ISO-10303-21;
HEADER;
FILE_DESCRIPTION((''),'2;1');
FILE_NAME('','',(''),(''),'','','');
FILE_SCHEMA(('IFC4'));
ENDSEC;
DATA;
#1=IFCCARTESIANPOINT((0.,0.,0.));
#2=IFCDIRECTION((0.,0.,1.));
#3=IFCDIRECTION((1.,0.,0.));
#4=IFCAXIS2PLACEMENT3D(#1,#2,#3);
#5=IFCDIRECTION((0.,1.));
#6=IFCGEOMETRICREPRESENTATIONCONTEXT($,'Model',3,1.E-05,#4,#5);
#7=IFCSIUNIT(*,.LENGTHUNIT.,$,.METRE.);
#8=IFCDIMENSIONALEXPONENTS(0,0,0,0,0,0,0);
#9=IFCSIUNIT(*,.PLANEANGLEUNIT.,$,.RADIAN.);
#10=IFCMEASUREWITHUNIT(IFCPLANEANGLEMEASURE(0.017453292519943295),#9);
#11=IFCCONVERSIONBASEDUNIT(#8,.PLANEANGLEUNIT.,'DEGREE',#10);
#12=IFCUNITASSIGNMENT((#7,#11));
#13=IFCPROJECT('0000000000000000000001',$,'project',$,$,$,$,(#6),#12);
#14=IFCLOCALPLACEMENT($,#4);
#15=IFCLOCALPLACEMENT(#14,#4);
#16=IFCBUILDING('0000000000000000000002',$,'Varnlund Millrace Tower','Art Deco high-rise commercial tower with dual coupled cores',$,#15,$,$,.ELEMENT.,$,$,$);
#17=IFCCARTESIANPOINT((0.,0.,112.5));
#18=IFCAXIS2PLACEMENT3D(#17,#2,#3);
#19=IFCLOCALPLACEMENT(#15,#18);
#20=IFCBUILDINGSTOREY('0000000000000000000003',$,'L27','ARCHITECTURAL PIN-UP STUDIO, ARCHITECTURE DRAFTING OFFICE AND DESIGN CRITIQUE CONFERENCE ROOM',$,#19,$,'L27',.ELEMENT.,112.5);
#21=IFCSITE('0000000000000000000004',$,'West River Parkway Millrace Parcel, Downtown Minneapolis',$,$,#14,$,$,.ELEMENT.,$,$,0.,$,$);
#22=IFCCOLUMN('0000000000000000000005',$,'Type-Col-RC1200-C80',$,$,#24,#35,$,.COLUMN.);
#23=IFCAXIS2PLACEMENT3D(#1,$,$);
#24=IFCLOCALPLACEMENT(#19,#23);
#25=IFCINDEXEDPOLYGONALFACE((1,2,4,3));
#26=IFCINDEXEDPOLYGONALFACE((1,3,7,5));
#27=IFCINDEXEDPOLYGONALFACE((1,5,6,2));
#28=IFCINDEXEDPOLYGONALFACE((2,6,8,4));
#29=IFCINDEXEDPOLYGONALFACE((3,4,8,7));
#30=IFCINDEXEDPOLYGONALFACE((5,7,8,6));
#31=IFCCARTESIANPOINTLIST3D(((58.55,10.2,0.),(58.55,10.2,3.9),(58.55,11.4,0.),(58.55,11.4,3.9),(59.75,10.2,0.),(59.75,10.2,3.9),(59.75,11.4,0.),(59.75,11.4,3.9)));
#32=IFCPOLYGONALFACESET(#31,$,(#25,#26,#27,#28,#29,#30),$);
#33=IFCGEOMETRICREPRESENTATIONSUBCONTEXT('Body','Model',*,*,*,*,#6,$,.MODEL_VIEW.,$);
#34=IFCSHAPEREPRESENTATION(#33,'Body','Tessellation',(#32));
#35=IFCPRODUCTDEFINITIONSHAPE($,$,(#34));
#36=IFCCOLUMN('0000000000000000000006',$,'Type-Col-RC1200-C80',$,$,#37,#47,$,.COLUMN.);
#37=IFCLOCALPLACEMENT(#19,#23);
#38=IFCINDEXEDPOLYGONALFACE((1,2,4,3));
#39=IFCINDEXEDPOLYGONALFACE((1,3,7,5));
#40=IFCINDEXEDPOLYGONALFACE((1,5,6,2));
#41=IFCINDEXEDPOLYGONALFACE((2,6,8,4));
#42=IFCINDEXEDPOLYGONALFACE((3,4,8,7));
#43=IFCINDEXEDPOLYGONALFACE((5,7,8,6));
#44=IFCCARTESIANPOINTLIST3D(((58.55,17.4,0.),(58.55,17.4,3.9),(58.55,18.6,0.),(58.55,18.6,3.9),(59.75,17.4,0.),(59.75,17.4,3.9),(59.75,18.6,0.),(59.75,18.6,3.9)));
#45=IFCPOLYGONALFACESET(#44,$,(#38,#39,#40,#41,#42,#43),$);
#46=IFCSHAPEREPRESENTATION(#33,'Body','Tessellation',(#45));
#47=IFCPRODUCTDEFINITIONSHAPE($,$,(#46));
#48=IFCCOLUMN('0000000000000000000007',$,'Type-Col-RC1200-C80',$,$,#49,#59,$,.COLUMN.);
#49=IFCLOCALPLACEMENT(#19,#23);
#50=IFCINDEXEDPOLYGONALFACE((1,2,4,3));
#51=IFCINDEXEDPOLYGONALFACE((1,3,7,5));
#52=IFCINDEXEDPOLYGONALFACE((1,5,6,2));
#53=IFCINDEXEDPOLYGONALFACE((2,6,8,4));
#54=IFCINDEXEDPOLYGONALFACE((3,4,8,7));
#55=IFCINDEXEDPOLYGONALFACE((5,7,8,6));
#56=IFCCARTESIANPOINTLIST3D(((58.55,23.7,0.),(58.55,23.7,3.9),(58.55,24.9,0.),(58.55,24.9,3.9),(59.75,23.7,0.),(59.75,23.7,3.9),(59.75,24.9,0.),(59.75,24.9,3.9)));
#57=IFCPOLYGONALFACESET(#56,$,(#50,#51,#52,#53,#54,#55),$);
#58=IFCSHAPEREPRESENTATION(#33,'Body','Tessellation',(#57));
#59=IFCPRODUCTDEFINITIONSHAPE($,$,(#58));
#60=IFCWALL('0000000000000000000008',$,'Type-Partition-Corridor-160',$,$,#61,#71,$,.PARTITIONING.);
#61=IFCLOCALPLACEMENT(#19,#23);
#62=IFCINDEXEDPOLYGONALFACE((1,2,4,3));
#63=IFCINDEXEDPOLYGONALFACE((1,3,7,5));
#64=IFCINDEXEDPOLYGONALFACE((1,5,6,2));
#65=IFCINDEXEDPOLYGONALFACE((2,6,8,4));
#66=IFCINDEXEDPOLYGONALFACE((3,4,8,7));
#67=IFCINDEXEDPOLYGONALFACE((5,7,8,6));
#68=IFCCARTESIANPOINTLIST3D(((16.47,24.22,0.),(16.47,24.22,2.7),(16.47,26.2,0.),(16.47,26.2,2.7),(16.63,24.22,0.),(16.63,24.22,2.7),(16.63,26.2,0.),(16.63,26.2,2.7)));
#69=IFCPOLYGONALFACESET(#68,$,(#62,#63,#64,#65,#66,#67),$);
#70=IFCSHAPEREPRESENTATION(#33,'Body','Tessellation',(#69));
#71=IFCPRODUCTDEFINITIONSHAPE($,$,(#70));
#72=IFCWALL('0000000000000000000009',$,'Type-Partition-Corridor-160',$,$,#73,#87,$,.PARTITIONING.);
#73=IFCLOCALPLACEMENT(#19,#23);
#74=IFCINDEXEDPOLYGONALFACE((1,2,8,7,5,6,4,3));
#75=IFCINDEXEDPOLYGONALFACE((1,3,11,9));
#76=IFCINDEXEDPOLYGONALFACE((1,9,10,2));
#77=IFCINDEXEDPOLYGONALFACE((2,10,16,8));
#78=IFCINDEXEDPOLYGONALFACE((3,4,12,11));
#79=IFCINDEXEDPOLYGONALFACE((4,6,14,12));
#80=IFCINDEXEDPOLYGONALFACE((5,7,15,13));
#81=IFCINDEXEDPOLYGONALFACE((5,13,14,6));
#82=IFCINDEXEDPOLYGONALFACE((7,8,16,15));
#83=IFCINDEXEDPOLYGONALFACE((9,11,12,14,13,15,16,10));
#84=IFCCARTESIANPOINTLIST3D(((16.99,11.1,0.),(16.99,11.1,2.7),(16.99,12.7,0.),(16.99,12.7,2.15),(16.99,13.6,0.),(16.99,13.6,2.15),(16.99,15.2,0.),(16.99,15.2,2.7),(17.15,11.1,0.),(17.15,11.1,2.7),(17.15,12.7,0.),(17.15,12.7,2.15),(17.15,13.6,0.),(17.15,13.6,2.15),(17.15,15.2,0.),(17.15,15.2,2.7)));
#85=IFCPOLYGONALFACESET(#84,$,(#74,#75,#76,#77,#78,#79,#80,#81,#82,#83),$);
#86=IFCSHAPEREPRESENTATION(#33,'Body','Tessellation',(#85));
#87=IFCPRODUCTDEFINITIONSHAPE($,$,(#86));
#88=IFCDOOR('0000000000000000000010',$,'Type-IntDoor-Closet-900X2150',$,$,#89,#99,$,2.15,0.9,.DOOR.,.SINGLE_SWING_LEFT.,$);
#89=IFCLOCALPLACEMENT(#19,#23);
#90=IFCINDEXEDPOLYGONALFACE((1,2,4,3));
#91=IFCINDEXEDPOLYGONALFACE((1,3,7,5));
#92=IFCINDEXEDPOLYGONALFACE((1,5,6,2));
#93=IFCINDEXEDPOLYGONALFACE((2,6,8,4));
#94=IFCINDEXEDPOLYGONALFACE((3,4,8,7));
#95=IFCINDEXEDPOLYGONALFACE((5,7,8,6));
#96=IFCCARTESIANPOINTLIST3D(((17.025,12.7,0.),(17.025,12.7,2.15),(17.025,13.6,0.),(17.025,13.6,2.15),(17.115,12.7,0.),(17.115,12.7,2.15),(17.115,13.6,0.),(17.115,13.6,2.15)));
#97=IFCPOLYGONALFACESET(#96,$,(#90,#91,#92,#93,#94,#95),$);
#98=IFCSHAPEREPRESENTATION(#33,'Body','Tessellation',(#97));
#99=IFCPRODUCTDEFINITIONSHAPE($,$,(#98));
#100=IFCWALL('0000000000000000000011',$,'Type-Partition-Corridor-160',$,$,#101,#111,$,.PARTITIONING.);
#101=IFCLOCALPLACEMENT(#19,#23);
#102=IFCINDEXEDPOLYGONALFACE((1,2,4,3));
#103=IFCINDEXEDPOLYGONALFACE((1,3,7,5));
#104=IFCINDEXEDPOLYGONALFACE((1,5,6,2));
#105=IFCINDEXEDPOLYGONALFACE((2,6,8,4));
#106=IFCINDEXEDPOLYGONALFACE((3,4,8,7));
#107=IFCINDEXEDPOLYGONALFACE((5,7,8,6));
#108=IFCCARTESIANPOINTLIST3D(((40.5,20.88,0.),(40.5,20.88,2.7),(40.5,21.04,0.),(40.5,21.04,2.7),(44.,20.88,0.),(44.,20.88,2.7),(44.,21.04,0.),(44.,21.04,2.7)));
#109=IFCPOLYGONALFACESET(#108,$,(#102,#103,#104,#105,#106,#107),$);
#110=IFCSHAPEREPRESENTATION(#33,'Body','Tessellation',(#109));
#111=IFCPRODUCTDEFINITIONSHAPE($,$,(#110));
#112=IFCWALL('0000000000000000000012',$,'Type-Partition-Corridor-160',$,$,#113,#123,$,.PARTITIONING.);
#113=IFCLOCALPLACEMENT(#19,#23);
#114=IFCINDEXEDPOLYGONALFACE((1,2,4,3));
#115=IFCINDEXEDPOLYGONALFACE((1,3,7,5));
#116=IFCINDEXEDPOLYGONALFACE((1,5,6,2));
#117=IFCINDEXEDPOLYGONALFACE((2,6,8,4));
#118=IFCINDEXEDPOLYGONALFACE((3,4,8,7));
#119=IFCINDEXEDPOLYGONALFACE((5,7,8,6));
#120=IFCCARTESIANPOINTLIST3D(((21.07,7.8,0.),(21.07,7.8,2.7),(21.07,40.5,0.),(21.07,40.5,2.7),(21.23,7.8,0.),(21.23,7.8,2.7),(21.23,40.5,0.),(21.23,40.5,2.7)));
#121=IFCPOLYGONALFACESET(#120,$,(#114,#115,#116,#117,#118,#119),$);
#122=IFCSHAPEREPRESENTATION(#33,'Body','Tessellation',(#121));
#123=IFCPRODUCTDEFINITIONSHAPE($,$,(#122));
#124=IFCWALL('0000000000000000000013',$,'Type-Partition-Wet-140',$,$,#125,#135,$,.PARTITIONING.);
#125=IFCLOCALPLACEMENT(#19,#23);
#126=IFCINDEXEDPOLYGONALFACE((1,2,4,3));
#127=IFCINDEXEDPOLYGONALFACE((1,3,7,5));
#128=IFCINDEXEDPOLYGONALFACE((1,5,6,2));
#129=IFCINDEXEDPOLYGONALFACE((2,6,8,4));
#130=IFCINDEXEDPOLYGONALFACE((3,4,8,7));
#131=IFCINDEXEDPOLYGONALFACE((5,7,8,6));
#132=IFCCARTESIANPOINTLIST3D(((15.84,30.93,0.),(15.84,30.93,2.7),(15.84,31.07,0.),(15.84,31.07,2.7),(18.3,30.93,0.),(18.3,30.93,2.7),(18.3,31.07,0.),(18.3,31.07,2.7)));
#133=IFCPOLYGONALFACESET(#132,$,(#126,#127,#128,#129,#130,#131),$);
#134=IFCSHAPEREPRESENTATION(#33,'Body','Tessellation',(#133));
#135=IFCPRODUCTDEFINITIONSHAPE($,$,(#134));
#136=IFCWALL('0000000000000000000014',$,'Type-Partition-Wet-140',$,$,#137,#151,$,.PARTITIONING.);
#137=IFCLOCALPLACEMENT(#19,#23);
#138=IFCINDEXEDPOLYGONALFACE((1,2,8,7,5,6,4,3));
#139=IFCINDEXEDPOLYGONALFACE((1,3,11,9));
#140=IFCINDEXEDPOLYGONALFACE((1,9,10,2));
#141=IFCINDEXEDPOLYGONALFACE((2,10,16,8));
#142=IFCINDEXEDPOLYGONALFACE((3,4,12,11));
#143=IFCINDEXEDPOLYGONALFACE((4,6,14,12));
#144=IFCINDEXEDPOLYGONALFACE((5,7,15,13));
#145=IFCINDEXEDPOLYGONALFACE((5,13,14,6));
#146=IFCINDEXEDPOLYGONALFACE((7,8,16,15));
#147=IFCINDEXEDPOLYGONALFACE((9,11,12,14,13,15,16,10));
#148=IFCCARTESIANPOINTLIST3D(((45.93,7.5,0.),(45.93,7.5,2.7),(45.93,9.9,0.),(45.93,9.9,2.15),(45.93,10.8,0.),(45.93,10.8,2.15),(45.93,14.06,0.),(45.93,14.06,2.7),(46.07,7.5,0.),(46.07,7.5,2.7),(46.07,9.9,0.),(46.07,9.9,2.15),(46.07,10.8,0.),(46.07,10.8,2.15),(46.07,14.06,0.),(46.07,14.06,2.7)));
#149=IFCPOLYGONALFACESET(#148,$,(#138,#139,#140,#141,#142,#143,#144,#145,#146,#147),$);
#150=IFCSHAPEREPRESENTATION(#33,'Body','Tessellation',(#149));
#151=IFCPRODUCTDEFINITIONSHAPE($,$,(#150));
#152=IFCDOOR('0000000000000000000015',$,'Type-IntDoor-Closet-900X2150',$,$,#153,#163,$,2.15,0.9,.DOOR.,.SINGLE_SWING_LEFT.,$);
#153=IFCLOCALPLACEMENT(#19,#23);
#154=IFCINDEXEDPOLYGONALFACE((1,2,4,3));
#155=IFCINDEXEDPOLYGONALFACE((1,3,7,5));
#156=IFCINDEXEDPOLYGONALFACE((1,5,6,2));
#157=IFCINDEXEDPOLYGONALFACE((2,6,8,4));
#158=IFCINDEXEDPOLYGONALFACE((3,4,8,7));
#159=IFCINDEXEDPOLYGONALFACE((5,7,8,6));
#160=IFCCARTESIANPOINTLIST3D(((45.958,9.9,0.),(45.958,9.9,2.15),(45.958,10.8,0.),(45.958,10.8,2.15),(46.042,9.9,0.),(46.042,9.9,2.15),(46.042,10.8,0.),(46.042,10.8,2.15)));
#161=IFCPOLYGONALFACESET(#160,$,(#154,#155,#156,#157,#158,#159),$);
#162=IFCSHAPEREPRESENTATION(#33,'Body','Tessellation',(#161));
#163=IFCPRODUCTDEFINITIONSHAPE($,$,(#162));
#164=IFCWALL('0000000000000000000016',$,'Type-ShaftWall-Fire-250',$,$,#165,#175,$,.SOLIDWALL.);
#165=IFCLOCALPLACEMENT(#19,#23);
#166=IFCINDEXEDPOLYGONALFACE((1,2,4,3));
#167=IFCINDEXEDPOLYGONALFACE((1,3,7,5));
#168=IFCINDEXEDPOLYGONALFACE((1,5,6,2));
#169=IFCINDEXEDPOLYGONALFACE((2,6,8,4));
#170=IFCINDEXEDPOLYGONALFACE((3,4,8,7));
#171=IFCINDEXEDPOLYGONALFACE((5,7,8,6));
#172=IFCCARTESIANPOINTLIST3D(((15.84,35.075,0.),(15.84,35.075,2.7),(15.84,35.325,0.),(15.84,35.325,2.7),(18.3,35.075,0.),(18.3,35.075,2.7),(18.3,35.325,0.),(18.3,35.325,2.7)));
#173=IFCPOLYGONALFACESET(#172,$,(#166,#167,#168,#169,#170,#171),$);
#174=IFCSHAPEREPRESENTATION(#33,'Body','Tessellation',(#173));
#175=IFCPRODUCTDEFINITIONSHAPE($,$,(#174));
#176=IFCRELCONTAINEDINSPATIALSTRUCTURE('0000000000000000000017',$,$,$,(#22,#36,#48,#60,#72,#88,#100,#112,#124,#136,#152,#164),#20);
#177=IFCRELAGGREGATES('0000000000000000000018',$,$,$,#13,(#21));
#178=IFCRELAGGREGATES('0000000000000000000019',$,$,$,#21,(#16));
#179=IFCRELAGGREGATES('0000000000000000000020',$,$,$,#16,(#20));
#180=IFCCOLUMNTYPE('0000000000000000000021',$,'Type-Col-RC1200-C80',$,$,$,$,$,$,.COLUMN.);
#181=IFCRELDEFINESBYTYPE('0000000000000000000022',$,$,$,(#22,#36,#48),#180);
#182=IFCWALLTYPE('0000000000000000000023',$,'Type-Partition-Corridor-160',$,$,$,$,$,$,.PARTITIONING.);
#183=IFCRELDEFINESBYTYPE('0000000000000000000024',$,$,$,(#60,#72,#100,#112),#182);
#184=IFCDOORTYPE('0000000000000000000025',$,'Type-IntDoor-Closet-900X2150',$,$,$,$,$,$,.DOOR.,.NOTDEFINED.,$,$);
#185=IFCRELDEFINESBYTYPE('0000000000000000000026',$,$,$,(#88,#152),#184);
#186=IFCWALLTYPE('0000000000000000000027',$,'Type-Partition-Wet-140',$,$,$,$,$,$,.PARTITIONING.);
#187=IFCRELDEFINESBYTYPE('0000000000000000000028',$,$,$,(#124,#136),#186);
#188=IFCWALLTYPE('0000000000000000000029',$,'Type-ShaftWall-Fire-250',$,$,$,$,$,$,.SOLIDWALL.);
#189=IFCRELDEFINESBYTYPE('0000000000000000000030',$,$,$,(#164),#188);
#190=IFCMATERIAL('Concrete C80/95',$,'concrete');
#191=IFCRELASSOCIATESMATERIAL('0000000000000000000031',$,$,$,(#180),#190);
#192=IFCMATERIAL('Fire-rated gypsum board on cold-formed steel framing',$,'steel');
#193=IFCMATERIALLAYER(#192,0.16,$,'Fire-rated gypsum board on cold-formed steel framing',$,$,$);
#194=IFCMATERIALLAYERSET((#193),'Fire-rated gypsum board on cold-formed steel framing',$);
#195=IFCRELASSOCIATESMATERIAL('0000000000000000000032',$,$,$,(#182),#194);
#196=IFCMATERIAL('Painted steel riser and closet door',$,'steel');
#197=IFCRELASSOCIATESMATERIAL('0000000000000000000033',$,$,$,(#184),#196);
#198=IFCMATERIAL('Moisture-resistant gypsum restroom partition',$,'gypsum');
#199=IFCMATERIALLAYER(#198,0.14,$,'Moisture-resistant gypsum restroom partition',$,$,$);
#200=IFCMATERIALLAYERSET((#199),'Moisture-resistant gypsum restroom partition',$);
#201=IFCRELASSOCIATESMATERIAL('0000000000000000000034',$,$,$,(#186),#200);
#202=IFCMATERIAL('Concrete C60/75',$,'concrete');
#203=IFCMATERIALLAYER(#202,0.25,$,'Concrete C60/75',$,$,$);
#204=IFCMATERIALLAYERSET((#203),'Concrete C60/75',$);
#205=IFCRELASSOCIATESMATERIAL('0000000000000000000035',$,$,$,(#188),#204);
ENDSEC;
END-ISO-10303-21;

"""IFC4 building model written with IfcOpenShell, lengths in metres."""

from ifc_helpers import new_model, entity, si_unit, converted_unit, direction, frame, origin_with_axes, origin_2d_with_axis, place, context, subcontext, project, spatial, polyline, rectangle, outline, extrude, material, layer, layer_set, material_profile, profile_set, type_object, element, fill, save


model = new_model("IFC4")

# Units and contexts
model_context = context("Model", 3, precision=1e-05, world=origin_with_axes(), true_north=direction((0.0, 1.0)))
body_context = subcontext(model_context, "Body", "Model", "MODEL_VIEW")
ifc_project = project(units=[si_unit("LENGTHUNIT", "METRE"), converted_unit("PLANEANGLEUNIT", "DEGREE", entity("IfcPlaneAngleMeasure", 0.017453292519943295), si_unit("PLANEANGLEUNIT", "RADIAN"), dimensions=[0, 0, 0, 0, 0, 0, 0])], contexts=[model_context])

# Site, building, storey
site_placement = place(None, origin_with_axes())
site = spatial("IfcSite", under=ifc_project, at=site_placement, Name="West River Parkway Millrace Parcel, Downtown Minneapolis", CompositionType="ELEMENT", RefElevation=0.0)
building_placement = place(site_placement, origin_with_axes())
building = spatial("IfcBuilding", under=site, at=building_placement, Name="Varnlund Millrace Tower", Description="Art Deco high-rise commercial tower with dual coupled cores", CompositionType="ELEMENT")
storey_placement = place(building_placement, frame((0.0, 0.0, 112.5), z_axis=(0.0, 0.0, 1.0), x_axis=(1.0, 0.0, 0.0)))
storey = spatial("IfcBuildingStorey", under=building, at=storey_placement, Name="L27", Description="ARCHITECTURAL PIN-UP STUDIO, ARCHITECTURE DRAFTING OFFICE AND DESIGN CRITIQUE CONFERENCE ROOM", LongName="L27", CompositionType="ELEMENT", Elevation=112.5)

# Columns
ifc_material_1 = material(Name="Concrete C80/95", Category="concrete")
ifc_material_profile = material_profile(ifc_material_1, rectangle(XDim=1.2, YDim=1.2, at=origin_2d_with_axis()), Name="Concrete C80/95")
ifc_profile_set = profile_set([ifc_material_profile], Name="Concrete C80/95")
column_type = type_object("IfcColumnType", Name="Type-Col-RC1200-C80", PredefinedType="COLUMN", material=ifc_profile_set)
for number, where, z_axis, x_axis, name in (
    (1, (59.15, 10.8, 0.0), (0.0, 0.0, 1.0), (1.0, 0.0, 0.0), "Type-Col-RC1200-C80"),
    (2, (59.15, 18.0, 0.0), (0.0, 0.0, 1.0), (1.0, 0.0, 0.0), "Type-Col-RC1200-C80"),
    (3, (59.15, 24.3, 0.0), (0.0, 0.0, 1.0), (1.0, 0.0, 0.0), "Type-Col-RC1200-C80"),
):
    element("IfcColumn", number, at=place(storey_placement, frame(where, z_axis=z_axis, x_axis=x_axis)), inside=storey, type_object=column_type, Name=name, PredefinedType="COLUMN", context=body_context, shape_type="SweptSolid", body=[
        extrude(rectangle(XDim=1.2, YDim=1.2, at=origin_2d_with_axis()), origin_with_axes(), (0.0, 0.0, 1.0), 3.9),
    ])

# Wall
ifc_material_2 = material(Name="Fire-rated gypsum board on cold-formed steel framing", Category="steel")
ifc_layer_1 = layer(ifc_material_2, 0.16, Name="Fire-rated gypsum board on cold-formed steel framing")
ifc_layer_set_1 = layer_set([ifc_layer_1], Name="Fire-rated gypsum board on cold-formed steel framing")
wall_type_1 = type_object("IfcWallType", Name="Type-Partition-Corridor-160", PredefinedType="PARTITIONING", material=ifc_layer_set_1)
wall_1_placement = place(storey_placement, frame((16.55, 24.22, 0.0), z_axis=(0.0, 0.0, 1.0), x_axis=(0.0, 1.0, 0.0)))
element("IfcWall", 4, at=wall_1_placement, inside=storey, type_object=wall_type_1, Name="Type-Partition-Corridor-160", PredefinedType="PARTITIONING", context=body_context, shape_type="SweptSolid", body=[
    extrude(outline(polyline([(0.0, -0.08), (1.98, -0.08), (1.98, 0.08), (0.0, 0.08), (0.0, -0.08)])), origin_with_axes(), (0.0, 0.0, 1.0), 2.7),
])

# Wall, opening, door
wall_2_placement = place(storey_placement, frame((17.07, 11.1, 0.0), z_axis=(0.0, 0.0, 1.0), x_axis=(0.0, 1.0, 0.0)))
wall_2 = element("IfcWall", 5, at=wall_2_placement, inside=storey, type_object=wall_type_1, Name="Type-Partition-Corridor-160", PredefinedType="PARTITIONING", context=body_context, shape_type="SweptSolid", body=[
    extrude(outline(polyline([(0.0, -0.08), (4.1, -0.08), (4.1, 0.08), (0.0, 0.08), (0.0, -0.08)])), origin_with_axes(), (0.0, 0.0, 1.0), 2.7),
])
opening_1_placement = place(wall_2_placement, frame((2.05, 0.0, 0.0), z_axis=(0.0, 0.0, 1.0), x_axis=(1.0, 0.0, 0.0)))
opening_1 = element("IfcOpeningElement", 6, at=opening_1_placement, cuts=wall_2, PredefinedType="OPENING", context=body_context, shape_type="SweptSolid", body=[
    extrude(rectangle(XDim=0.9, YDim=0.18, at=origin_2d_with_axis()), origin_with_axes(), (0.0, 0.0, 1.0), 2.15),
])
ifc_material_3 = material(Name="Painted steel riser and closet door", Category="steel")
door_type = type_object("IfcDoorType", Name="Type-IntDoor-Closet-900X2150", OperationType="NOTDEFINED", PredefinedType="DOOR", material=ifc_material_3)
door_1_placement = place(wall_2_placement, frame((2.05, 0.0, 0.0), z_axis=(0.0, 0.0, 1.0), x_axis=(1.0, 0.0, 0.0)))
door_1 = element("IfcDoor", 7, at=door_1_placement, inside=storey, type_object=door_type, Name="Type-IntDoor-Closet-900X2150", OperationType="SINGLE_SWING_LEFT", OverallHeight=2.15, OverallWidth=0.9, PredefinedType="DOOR", context=body_context, shape_type="SweptSolid", body=[
    extrude(rectangle(XDim=0.9, YDim=0.09, at=origin_2d_with_axis()), origin_with_axes(), (0.0, 0.0, 1.0), 2.15),
])
fill(opening_1, door_1)

# Walls
wall_3_placement = place(storey_placement, frame((40.5, 20.96, 0.0), z_axis=(0.0, 0.0, 1.0), x_axis=(1.0, 0.0, 0.0)))
element("IfcWall", 8, at=wall_3_placement, inside=storey, type_object=wall_type_1, Name="Type-Partition-Corridor-160", PredefinedType="PARTITIONING", context=body_context, shape_type="SweptSolid", body=[
    extrude(outline(polyline([(0.0, -0.08), (3.5, -0.08), (3.5, 0.08), (0.0, 0.08), (0.0, -0.08)])), origin_with_axes(), (0.0, 0.0, 1.0), 2.7),
])
wall_4_placement = place(storey_placement, frame((21.15, 7.8, 0.0), z_axis=(0.0, 0.0, 1.0), x_axis=(0.0, 1.0, 0.0)))
element("IfcWall", 9, at=wall_4_placement, inside=storey, type_object=wall_type_1, Name="Type-Partition-Corridor-160", PredefinedType="PARTITIONING", context=body_context, shape_type="SweptSolid", body=[
    extrude(outline(polyline([(0.0, -0.08), (32.7, -0.08), (32.7, 0.08), (0.0, 0.08), (0.0, -0.08)])), origin_with_axes(), (0.0, 0.0, 1.0), 2.7),
])
ifc_material_4 = material(Name="Moisture-resistant gypsum restroom partition", Category="gypsum")
ifc_layer_2 = layer(ifc_material_4, 0.14, Name="Moisture-resistant gypsum restroom partition")
ifc_layer_set_2 = layer_set([ifc_layer_2], Name="Moisture-resistant gypsum restroom partition")
wall_type_2 = type_object("IfcWallType", Name="Type-Partition-Wet-140", PredefinedType="PARTITIONING", material=ifc_layer_set_2)
wall_5_placement = place(storey_placement, frame((15.84, 31.0, 0.0), z_axis=(0.0, 0.0, 1.0), x_axis=(1.0, 0.0, 0.0)))
element("IfcWall", 10, at=wall_5_placement, inside=storey, type_object=wall_type_2, Name="Type-Partition-Wet-140", PredefinedType="PARTITIONING", context=body_context, shape_type="SweptSolid", body=[
    extrude(outline(polyline([(0.0, -0.07), (2.46, -0.07), (2.46, 0.07), (0.0, 0.07), (0.0, -0.07)])), origin_with_axes(), (0.0, 0.0, 1.0), 2.7),
])

# Wall, opening, door
wall_6_placement = place(storey_placement, frame((46.0, 7.5, 0.0), z_axis=(0.0, 0.0, 1.0), x_axis=(0.0, 1.0, 0.0)))
wall_6 = element("IfcWall", 11, at=wall_6_placement, inside=storey, type_object=wall_type_2, Name="Type-Partition-Wet-140", PredefinedType="PARTITIONING", context=body_context, shape_type="SweptSolid", body=[
    extrude(outline(polyline([(0.0, -0.07), (6.56, -0.07), (6.56, 0.07), (0.0, 0.07), (0.0, -0.07)])), origin_with_axes(), (0.0, 0.0, 1.0), 2.7),
])
opening_2_placement = place(wall_6_placement, frame((2.85, 0.0, 0.0), z_axis=(0.0, 0.0, 1.0), x_axis=(1.0, 0.0, 0.0)))
opening_2 = element("IfcOpeningElement", 12, at=opening_2_placement, cuts=wall_6, PredefinedType="OPENING", context=body_context, shape_type="SweptSolid", body=[
    extrude(rectangle(XDim=0.9, YDim=0.16, at=origin_2d_with_axis()), origin_with_axes(), (0.0, 0.0, 1.0), 2.15),
])
door_2_placement = place(wall_6_placement, frame((2.85, 0.0, 0.0), z_axis=(0.0, 0.0, 1.0), x_axis=(1.0, 0.0, 0.0)))
door_2 = element("IfcDoor", 13, at=door_2_placement, inside=storey, type_object=door_type, Name="Type-IntDoor-Closet-900X2150", OperationType="SINGLE_SWING_LEFT", OverallHeight=2.15, OverallWidth=0.9, PredefinedType="DOOR", context=body_context, shape_type="SweptSolid", body=[
    extrude(rectangle(XDim=0.9, YDim=0.084, at=origin_2d_with_axis()), origin_with_axes(), (0.0, 0.0, 1.0), 2.15),
])
fill(opening_2, door_2)

# Wall
ifc_material_5 = material(Name="Concrete C60/75", Category="concrete")
ifc_layer_3 = layer(ifc_material_5, 0.25, Name="Concrete C60/75")
ifc_layer_set_3 = layer_set([ifc_layer_3], Name="Concrete C60/75")
wall_type_3 = type_object("IfcWallType", Name="Type-ShaftWall-Fire-250", PredefinedType="SOLIDWALL", material=ifc_layer_set_3)
wall_7_placement = place(storey_placement, frame((15.84, 35.2, 0.0), z_axis=(0.0, 0.0, 1.0), x_axis=(1.0, 0.0, 0.0)))
element("IfcWall", 14, at=wall_7_placement, inside=storey, type_object=wall_type_3, Name="Type-ShaftWall-Fire-250", PredefinedType="SOLIDWALL", context=body_context, shape_type="SweptSolid", body=[
    extrude(outline(polyline([(0.0, -0.125), (2.46, -0.125), (2.46, 0.125), (0.0, 0.125), (0.0, -0.125)])), origin_with_axes(), (0.0, 0.0, 1.0), 2.7),
])

save(model, "model.ifc")
